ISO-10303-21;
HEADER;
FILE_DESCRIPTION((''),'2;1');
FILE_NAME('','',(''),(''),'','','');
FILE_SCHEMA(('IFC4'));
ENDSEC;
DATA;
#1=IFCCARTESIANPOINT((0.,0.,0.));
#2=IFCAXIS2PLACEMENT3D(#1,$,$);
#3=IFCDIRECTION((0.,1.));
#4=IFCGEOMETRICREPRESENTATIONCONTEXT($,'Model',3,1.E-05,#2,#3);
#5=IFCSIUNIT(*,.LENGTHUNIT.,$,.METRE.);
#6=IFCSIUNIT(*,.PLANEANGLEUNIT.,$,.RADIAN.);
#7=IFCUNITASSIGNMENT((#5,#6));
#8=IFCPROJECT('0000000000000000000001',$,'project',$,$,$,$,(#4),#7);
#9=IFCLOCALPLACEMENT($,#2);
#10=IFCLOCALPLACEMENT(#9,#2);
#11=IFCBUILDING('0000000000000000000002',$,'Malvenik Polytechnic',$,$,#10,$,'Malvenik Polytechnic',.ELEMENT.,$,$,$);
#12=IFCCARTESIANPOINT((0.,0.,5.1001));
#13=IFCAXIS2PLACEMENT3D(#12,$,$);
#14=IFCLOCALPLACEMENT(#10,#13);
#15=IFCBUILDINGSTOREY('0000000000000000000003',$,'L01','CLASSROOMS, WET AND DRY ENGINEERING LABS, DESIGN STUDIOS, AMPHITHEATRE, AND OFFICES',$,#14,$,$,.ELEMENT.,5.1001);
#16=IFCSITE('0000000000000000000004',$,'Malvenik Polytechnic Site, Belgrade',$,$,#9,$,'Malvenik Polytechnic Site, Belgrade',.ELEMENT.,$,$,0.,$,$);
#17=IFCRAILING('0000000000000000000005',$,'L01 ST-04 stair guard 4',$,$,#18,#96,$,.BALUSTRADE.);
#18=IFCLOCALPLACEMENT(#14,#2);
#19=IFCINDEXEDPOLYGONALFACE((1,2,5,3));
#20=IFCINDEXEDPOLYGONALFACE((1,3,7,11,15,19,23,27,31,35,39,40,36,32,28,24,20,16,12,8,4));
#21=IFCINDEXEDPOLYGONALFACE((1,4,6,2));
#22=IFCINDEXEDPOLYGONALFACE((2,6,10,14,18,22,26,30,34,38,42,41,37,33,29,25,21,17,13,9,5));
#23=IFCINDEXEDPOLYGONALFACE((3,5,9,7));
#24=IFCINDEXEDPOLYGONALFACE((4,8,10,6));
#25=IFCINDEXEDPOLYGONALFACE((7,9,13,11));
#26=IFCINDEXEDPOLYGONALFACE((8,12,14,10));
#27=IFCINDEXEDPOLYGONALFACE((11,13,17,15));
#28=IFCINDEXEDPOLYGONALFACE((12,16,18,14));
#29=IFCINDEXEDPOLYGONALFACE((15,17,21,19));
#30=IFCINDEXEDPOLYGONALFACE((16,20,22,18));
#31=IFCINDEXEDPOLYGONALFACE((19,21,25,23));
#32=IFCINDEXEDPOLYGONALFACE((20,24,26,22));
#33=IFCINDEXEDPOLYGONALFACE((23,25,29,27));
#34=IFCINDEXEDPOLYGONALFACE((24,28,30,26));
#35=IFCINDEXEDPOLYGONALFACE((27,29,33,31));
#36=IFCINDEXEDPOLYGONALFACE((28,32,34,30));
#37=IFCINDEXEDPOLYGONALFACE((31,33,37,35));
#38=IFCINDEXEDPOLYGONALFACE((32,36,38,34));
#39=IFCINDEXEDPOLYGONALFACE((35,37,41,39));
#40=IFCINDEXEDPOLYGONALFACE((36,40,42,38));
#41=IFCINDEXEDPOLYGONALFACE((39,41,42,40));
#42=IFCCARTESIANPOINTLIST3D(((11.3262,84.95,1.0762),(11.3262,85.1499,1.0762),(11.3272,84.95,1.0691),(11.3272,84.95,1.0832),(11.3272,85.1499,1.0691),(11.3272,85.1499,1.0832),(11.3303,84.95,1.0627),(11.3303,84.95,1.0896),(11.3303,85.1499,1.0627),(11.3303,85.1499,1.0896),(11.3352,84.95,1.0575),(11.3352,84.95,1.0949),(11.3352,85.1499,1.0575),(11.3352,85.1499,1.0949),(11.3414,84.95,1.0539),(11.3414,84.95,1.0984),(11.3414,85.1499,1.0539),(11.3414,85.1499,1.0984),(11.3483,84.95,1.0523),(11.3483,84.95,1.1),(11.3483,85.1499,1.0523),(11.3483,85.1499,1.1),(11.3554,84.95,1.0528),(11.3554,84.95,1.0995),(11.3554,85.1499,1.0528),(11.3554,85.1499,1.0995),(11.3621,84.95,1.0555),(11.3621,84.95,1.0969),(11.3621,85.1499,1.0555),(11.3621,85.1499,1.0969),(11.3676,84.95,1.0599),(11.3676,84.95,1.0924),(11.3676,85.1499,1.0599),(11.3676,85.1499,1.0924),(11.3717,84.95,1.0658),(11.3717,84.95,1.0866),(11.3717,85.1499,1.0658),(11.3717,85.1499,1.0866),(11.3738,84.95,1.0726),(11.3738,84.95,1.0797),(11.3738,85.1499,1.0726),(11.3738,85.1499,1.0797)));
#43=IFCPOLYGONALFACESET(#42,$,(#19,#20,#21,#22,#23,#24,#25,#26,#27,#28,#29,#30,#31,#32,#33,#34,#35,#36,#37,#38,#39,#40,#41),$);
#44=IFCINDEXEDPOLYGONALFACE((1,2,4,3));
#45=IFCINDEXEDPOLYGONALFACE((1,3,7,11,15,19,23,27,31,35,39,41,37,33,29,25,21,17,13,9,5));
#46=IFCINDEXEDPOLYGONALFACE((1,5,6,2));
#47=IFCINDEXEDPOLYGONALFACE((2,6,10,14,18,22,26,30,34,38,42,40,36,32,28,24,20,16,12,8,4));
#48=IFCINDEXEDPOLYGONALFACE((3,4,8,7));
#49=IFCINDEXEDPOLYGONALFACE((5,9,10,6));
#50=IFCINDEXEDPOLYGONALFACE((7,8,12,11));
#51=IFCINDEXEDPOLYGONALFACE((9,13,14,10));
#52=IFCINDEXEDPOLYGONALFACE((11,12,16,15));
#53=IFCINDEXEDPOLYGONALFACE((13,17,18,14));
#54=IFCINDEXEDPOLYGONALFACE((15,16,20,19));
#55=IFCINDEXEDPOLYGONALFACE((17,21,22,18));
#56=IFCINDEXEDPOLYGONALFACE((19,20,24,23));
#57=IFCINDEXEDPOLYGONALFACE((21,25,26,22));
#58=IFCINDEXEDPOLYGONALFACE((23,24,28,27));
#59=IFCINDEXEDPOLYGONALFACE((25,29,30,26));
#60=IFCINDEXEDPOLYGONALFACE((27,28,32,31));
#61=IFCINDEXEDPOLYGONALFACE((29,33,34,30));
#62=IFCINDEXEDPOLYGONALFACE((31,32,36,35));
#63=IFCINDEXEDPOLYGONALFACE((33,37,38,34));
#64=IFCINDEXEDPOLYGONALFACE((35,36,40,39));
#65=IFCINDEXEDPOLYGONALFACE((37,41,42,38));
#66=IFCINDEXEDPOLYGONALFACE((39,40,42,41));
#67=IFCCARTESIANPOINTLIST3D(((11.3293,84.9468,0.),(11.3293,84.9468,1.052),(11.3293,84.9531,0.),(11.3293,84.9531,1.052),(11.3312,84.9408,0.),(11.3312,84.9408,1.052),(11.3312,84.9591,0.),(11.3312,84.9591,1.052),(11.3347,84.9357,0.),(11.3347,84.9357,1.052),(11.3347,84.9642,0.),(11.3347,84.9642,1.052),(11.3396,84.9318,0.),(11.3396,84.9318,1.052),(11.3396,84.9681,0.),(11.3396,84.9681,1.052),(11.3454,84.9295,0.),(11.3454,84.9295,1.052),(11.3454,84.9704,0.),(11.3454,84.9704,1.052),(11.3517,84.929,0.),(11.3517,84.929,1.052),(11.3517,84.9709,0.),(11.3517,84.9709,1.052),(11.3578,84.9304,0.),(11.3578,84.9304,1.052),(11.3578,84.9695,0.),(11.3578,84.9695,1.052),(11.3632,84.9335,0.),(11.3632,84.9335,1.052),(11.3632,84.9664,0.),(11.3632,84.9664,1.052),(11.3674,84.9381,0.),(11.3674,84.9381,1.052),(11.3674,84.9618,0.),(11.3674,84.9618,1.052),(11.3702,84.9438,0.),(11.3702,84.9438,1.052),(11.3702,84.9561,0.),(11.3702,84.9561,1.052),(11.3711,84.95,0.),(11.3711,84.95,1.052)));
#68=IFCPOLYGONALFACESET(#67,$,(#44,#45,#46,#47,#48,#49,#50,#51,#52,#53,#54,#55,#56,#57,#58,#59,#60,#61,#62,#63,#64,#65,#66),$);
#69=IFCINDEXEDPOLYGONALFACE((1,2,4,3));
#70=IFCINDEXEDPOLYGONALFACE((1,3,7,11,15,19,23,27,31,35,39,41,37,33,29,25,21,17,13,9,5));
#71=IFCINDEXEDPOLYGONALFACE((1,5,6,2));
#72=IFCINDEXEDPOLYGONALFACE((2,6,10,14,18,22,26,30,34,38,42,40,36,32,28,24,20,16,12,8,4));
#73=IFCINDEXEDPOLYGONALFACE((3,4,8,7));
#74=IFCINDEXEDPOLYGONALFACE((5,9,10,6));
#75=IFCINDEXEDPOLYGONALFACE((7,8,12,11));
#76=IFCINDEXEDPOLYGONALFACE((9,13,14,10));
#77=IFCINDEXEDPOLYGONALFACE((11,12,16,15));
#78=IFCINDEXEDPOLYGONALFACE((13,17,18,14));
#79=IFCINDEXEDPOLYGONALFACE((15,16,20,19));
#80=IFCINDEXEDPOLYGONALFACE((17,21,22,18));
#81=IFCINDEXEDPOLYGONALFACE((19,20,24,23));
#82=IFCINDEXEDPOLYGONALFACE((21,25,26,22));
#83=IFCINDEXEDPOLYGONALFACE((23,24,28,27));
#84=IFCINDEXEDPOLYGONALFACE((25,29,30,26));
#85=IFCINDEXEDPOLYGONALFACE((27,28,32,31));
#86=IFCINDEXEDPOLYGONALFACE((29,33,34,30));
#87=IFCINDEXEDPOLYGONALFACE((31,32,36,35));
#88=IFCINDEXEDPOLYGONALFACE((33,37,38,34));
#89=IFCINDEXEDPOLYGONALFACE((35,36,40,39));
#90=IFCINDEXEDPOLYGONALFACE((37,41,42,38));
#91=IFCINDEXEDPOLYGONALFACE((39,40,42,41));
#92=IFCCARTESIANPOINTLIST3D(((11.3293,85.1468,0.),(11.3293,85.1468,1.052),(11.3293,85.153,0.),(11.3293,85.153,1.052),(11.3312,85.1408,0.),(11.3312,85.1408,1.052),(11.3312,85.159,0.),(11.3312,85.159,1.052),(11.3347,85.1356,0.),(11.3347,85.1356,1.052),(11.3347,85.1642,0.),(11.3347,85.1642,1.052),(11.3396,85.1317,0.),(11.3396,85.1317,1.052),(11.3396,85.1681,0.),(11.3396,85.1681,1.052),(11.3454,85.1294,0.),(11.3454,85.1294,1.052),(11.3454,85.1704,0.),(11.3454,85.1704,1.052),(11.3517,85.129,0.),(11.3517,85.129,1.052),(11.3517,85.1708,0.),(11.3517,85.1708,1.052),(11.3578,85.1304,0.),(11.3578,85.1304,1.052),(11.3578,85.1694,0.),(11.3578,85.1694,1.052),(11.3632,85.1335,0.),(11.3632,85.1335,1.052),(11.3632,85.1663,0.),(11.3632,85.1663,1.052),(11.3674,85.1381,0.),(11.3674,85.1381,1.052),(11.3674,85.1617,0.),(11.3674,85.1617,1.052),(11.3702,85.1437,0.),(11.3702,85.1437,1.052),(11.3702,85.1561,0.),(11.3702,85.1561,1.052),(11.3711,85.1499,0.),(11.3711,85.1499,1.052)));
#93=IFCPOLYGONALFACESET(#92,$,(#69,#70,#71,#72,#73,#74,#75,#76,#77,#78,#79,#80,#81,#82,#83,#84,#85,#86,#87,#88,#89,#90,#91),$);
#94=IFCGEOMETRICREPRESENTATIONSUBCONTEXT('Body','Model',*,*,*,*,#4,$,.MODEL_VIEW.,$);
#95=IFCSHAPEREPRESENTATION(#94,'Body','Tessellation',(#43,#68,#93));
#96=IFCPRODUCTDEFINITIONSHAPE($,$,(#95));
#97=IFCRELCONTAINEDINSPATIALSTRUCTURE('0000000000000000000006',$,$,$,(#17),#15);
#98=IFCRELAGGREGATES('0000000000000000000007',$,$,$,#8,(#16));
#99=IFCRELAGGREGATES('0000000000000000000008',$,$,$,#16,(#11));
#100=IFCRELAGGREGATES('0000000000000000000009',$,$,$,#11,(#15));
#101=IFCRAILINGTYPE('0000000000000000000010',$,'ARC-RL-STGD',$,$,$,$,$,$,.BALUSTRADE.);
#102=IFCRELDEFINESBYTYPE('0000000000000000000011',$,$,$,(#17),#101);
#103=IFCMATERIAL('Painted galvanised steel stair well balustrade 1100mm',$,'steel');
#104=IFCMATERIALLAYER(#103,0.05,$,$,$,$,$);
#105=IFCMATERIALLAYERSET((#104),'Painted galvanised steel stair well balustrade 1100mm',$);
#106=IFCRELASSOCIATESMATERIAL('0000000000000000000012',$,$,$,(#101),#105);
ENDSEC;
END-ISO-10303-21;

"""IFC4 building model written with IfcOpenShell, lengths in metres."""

from ifc_helpers import new_model, si_unit, direction, frame, origin, origin_2d, place, context, subcontext, project, spatial, circle, extrude, material, layer, layer_set, type_object, element, save


model = new_model("IFC4")

# Units and contexts
model_context = context("Model", 3, precision=1e-05, world=origin(), true_north=direction((0.0, 1.0)))
body_context = subcontext(model_context, "Body", "Model", "MODEL_VIEW")
ifc_project = project(units=[si_unit("LENGTHUNIT", "METRE"), si_unit("PLANEANGLEUNIT", "RADIAN")], contexts=[model_context])

# Site, building, storey
site_placement = place(None, origin())
site = spatial("IfcSite", under=ifc_project, at=site_placement, Name="Malvenik Polytechnic Site, Belgrade", LongName="Malvenik Polytechnic Site, Belgrade", CompositionType="ELEMENT", RefElevation=0.0)
building_placement = place(site_placement, origin())
building = spatial("IfcBuilding", under=site, at=building_placement, Name="Malvenik Polytechnic", LongName="Malvenik Polytechnic", CompositionType="ELEMENT")
storey_placement = place(building_placement, frame((0.0, 0.0, 5.1001)))
storey = spatial("IfcBuildingStorey", under=building, at=storey_placement, Name="L01", Description="CLASSROOMS, WET AND DRY ENGINEERING LABS, DESIGN STUDIOS, AMPHITHEATRE, AND OFFICES", CompositionType="ELEMENT", Elevation=5.1001)

# Railing
ifc_material_1 = material(Name="Painted galvanised steel stair well balustrade 1100mm", Category="steel")
ifc_layer_1 = layer(ifc_material_1, 0.05)
ifc_layer_set_1 = layer_set([ifc_layer_1], Name="Painted galvanised steel stair well balustrade 1100mm")
railing_type_1 = type_object("IfcRailingType", Name="ARC-RL-STGD", PredefinedType="BALUSTRADE", material=ifc_layer_set_1)
railing_1_placement = place(storey_placement, frame((11.3501, 84.95, 0.0)))
element("IfcRailing", 1, at=railing_1_placement, inside=storey, type_object=railing_type_1, Name="L01 ST-04 stair guard 4", PredefinedType="BALUSTRADE", context=body_context, shape_type="SweptSolid", body=[
    extrude(circle(Radius=0.0239, at=origin_2d()), frame((0.0, 0.0, 1.0762), z_axis=(0.0, 1.0, 0.0), x_axis=(-1.0, 0.0, 0.0)), (0.0, 0.0, 1.0), 0.2),
    extrude(circle(Radius=0.021, at=origin_2d()), origin(), (0.0, 0.0, 1.0), 1.052),
    extrude(circle(Radius=0.021, at=origin_2d()), frame((0.0, 0.2, 0.0)), (0.0, 0.0, 1.0), 1.052),
])

save(model, "model.ifc")
